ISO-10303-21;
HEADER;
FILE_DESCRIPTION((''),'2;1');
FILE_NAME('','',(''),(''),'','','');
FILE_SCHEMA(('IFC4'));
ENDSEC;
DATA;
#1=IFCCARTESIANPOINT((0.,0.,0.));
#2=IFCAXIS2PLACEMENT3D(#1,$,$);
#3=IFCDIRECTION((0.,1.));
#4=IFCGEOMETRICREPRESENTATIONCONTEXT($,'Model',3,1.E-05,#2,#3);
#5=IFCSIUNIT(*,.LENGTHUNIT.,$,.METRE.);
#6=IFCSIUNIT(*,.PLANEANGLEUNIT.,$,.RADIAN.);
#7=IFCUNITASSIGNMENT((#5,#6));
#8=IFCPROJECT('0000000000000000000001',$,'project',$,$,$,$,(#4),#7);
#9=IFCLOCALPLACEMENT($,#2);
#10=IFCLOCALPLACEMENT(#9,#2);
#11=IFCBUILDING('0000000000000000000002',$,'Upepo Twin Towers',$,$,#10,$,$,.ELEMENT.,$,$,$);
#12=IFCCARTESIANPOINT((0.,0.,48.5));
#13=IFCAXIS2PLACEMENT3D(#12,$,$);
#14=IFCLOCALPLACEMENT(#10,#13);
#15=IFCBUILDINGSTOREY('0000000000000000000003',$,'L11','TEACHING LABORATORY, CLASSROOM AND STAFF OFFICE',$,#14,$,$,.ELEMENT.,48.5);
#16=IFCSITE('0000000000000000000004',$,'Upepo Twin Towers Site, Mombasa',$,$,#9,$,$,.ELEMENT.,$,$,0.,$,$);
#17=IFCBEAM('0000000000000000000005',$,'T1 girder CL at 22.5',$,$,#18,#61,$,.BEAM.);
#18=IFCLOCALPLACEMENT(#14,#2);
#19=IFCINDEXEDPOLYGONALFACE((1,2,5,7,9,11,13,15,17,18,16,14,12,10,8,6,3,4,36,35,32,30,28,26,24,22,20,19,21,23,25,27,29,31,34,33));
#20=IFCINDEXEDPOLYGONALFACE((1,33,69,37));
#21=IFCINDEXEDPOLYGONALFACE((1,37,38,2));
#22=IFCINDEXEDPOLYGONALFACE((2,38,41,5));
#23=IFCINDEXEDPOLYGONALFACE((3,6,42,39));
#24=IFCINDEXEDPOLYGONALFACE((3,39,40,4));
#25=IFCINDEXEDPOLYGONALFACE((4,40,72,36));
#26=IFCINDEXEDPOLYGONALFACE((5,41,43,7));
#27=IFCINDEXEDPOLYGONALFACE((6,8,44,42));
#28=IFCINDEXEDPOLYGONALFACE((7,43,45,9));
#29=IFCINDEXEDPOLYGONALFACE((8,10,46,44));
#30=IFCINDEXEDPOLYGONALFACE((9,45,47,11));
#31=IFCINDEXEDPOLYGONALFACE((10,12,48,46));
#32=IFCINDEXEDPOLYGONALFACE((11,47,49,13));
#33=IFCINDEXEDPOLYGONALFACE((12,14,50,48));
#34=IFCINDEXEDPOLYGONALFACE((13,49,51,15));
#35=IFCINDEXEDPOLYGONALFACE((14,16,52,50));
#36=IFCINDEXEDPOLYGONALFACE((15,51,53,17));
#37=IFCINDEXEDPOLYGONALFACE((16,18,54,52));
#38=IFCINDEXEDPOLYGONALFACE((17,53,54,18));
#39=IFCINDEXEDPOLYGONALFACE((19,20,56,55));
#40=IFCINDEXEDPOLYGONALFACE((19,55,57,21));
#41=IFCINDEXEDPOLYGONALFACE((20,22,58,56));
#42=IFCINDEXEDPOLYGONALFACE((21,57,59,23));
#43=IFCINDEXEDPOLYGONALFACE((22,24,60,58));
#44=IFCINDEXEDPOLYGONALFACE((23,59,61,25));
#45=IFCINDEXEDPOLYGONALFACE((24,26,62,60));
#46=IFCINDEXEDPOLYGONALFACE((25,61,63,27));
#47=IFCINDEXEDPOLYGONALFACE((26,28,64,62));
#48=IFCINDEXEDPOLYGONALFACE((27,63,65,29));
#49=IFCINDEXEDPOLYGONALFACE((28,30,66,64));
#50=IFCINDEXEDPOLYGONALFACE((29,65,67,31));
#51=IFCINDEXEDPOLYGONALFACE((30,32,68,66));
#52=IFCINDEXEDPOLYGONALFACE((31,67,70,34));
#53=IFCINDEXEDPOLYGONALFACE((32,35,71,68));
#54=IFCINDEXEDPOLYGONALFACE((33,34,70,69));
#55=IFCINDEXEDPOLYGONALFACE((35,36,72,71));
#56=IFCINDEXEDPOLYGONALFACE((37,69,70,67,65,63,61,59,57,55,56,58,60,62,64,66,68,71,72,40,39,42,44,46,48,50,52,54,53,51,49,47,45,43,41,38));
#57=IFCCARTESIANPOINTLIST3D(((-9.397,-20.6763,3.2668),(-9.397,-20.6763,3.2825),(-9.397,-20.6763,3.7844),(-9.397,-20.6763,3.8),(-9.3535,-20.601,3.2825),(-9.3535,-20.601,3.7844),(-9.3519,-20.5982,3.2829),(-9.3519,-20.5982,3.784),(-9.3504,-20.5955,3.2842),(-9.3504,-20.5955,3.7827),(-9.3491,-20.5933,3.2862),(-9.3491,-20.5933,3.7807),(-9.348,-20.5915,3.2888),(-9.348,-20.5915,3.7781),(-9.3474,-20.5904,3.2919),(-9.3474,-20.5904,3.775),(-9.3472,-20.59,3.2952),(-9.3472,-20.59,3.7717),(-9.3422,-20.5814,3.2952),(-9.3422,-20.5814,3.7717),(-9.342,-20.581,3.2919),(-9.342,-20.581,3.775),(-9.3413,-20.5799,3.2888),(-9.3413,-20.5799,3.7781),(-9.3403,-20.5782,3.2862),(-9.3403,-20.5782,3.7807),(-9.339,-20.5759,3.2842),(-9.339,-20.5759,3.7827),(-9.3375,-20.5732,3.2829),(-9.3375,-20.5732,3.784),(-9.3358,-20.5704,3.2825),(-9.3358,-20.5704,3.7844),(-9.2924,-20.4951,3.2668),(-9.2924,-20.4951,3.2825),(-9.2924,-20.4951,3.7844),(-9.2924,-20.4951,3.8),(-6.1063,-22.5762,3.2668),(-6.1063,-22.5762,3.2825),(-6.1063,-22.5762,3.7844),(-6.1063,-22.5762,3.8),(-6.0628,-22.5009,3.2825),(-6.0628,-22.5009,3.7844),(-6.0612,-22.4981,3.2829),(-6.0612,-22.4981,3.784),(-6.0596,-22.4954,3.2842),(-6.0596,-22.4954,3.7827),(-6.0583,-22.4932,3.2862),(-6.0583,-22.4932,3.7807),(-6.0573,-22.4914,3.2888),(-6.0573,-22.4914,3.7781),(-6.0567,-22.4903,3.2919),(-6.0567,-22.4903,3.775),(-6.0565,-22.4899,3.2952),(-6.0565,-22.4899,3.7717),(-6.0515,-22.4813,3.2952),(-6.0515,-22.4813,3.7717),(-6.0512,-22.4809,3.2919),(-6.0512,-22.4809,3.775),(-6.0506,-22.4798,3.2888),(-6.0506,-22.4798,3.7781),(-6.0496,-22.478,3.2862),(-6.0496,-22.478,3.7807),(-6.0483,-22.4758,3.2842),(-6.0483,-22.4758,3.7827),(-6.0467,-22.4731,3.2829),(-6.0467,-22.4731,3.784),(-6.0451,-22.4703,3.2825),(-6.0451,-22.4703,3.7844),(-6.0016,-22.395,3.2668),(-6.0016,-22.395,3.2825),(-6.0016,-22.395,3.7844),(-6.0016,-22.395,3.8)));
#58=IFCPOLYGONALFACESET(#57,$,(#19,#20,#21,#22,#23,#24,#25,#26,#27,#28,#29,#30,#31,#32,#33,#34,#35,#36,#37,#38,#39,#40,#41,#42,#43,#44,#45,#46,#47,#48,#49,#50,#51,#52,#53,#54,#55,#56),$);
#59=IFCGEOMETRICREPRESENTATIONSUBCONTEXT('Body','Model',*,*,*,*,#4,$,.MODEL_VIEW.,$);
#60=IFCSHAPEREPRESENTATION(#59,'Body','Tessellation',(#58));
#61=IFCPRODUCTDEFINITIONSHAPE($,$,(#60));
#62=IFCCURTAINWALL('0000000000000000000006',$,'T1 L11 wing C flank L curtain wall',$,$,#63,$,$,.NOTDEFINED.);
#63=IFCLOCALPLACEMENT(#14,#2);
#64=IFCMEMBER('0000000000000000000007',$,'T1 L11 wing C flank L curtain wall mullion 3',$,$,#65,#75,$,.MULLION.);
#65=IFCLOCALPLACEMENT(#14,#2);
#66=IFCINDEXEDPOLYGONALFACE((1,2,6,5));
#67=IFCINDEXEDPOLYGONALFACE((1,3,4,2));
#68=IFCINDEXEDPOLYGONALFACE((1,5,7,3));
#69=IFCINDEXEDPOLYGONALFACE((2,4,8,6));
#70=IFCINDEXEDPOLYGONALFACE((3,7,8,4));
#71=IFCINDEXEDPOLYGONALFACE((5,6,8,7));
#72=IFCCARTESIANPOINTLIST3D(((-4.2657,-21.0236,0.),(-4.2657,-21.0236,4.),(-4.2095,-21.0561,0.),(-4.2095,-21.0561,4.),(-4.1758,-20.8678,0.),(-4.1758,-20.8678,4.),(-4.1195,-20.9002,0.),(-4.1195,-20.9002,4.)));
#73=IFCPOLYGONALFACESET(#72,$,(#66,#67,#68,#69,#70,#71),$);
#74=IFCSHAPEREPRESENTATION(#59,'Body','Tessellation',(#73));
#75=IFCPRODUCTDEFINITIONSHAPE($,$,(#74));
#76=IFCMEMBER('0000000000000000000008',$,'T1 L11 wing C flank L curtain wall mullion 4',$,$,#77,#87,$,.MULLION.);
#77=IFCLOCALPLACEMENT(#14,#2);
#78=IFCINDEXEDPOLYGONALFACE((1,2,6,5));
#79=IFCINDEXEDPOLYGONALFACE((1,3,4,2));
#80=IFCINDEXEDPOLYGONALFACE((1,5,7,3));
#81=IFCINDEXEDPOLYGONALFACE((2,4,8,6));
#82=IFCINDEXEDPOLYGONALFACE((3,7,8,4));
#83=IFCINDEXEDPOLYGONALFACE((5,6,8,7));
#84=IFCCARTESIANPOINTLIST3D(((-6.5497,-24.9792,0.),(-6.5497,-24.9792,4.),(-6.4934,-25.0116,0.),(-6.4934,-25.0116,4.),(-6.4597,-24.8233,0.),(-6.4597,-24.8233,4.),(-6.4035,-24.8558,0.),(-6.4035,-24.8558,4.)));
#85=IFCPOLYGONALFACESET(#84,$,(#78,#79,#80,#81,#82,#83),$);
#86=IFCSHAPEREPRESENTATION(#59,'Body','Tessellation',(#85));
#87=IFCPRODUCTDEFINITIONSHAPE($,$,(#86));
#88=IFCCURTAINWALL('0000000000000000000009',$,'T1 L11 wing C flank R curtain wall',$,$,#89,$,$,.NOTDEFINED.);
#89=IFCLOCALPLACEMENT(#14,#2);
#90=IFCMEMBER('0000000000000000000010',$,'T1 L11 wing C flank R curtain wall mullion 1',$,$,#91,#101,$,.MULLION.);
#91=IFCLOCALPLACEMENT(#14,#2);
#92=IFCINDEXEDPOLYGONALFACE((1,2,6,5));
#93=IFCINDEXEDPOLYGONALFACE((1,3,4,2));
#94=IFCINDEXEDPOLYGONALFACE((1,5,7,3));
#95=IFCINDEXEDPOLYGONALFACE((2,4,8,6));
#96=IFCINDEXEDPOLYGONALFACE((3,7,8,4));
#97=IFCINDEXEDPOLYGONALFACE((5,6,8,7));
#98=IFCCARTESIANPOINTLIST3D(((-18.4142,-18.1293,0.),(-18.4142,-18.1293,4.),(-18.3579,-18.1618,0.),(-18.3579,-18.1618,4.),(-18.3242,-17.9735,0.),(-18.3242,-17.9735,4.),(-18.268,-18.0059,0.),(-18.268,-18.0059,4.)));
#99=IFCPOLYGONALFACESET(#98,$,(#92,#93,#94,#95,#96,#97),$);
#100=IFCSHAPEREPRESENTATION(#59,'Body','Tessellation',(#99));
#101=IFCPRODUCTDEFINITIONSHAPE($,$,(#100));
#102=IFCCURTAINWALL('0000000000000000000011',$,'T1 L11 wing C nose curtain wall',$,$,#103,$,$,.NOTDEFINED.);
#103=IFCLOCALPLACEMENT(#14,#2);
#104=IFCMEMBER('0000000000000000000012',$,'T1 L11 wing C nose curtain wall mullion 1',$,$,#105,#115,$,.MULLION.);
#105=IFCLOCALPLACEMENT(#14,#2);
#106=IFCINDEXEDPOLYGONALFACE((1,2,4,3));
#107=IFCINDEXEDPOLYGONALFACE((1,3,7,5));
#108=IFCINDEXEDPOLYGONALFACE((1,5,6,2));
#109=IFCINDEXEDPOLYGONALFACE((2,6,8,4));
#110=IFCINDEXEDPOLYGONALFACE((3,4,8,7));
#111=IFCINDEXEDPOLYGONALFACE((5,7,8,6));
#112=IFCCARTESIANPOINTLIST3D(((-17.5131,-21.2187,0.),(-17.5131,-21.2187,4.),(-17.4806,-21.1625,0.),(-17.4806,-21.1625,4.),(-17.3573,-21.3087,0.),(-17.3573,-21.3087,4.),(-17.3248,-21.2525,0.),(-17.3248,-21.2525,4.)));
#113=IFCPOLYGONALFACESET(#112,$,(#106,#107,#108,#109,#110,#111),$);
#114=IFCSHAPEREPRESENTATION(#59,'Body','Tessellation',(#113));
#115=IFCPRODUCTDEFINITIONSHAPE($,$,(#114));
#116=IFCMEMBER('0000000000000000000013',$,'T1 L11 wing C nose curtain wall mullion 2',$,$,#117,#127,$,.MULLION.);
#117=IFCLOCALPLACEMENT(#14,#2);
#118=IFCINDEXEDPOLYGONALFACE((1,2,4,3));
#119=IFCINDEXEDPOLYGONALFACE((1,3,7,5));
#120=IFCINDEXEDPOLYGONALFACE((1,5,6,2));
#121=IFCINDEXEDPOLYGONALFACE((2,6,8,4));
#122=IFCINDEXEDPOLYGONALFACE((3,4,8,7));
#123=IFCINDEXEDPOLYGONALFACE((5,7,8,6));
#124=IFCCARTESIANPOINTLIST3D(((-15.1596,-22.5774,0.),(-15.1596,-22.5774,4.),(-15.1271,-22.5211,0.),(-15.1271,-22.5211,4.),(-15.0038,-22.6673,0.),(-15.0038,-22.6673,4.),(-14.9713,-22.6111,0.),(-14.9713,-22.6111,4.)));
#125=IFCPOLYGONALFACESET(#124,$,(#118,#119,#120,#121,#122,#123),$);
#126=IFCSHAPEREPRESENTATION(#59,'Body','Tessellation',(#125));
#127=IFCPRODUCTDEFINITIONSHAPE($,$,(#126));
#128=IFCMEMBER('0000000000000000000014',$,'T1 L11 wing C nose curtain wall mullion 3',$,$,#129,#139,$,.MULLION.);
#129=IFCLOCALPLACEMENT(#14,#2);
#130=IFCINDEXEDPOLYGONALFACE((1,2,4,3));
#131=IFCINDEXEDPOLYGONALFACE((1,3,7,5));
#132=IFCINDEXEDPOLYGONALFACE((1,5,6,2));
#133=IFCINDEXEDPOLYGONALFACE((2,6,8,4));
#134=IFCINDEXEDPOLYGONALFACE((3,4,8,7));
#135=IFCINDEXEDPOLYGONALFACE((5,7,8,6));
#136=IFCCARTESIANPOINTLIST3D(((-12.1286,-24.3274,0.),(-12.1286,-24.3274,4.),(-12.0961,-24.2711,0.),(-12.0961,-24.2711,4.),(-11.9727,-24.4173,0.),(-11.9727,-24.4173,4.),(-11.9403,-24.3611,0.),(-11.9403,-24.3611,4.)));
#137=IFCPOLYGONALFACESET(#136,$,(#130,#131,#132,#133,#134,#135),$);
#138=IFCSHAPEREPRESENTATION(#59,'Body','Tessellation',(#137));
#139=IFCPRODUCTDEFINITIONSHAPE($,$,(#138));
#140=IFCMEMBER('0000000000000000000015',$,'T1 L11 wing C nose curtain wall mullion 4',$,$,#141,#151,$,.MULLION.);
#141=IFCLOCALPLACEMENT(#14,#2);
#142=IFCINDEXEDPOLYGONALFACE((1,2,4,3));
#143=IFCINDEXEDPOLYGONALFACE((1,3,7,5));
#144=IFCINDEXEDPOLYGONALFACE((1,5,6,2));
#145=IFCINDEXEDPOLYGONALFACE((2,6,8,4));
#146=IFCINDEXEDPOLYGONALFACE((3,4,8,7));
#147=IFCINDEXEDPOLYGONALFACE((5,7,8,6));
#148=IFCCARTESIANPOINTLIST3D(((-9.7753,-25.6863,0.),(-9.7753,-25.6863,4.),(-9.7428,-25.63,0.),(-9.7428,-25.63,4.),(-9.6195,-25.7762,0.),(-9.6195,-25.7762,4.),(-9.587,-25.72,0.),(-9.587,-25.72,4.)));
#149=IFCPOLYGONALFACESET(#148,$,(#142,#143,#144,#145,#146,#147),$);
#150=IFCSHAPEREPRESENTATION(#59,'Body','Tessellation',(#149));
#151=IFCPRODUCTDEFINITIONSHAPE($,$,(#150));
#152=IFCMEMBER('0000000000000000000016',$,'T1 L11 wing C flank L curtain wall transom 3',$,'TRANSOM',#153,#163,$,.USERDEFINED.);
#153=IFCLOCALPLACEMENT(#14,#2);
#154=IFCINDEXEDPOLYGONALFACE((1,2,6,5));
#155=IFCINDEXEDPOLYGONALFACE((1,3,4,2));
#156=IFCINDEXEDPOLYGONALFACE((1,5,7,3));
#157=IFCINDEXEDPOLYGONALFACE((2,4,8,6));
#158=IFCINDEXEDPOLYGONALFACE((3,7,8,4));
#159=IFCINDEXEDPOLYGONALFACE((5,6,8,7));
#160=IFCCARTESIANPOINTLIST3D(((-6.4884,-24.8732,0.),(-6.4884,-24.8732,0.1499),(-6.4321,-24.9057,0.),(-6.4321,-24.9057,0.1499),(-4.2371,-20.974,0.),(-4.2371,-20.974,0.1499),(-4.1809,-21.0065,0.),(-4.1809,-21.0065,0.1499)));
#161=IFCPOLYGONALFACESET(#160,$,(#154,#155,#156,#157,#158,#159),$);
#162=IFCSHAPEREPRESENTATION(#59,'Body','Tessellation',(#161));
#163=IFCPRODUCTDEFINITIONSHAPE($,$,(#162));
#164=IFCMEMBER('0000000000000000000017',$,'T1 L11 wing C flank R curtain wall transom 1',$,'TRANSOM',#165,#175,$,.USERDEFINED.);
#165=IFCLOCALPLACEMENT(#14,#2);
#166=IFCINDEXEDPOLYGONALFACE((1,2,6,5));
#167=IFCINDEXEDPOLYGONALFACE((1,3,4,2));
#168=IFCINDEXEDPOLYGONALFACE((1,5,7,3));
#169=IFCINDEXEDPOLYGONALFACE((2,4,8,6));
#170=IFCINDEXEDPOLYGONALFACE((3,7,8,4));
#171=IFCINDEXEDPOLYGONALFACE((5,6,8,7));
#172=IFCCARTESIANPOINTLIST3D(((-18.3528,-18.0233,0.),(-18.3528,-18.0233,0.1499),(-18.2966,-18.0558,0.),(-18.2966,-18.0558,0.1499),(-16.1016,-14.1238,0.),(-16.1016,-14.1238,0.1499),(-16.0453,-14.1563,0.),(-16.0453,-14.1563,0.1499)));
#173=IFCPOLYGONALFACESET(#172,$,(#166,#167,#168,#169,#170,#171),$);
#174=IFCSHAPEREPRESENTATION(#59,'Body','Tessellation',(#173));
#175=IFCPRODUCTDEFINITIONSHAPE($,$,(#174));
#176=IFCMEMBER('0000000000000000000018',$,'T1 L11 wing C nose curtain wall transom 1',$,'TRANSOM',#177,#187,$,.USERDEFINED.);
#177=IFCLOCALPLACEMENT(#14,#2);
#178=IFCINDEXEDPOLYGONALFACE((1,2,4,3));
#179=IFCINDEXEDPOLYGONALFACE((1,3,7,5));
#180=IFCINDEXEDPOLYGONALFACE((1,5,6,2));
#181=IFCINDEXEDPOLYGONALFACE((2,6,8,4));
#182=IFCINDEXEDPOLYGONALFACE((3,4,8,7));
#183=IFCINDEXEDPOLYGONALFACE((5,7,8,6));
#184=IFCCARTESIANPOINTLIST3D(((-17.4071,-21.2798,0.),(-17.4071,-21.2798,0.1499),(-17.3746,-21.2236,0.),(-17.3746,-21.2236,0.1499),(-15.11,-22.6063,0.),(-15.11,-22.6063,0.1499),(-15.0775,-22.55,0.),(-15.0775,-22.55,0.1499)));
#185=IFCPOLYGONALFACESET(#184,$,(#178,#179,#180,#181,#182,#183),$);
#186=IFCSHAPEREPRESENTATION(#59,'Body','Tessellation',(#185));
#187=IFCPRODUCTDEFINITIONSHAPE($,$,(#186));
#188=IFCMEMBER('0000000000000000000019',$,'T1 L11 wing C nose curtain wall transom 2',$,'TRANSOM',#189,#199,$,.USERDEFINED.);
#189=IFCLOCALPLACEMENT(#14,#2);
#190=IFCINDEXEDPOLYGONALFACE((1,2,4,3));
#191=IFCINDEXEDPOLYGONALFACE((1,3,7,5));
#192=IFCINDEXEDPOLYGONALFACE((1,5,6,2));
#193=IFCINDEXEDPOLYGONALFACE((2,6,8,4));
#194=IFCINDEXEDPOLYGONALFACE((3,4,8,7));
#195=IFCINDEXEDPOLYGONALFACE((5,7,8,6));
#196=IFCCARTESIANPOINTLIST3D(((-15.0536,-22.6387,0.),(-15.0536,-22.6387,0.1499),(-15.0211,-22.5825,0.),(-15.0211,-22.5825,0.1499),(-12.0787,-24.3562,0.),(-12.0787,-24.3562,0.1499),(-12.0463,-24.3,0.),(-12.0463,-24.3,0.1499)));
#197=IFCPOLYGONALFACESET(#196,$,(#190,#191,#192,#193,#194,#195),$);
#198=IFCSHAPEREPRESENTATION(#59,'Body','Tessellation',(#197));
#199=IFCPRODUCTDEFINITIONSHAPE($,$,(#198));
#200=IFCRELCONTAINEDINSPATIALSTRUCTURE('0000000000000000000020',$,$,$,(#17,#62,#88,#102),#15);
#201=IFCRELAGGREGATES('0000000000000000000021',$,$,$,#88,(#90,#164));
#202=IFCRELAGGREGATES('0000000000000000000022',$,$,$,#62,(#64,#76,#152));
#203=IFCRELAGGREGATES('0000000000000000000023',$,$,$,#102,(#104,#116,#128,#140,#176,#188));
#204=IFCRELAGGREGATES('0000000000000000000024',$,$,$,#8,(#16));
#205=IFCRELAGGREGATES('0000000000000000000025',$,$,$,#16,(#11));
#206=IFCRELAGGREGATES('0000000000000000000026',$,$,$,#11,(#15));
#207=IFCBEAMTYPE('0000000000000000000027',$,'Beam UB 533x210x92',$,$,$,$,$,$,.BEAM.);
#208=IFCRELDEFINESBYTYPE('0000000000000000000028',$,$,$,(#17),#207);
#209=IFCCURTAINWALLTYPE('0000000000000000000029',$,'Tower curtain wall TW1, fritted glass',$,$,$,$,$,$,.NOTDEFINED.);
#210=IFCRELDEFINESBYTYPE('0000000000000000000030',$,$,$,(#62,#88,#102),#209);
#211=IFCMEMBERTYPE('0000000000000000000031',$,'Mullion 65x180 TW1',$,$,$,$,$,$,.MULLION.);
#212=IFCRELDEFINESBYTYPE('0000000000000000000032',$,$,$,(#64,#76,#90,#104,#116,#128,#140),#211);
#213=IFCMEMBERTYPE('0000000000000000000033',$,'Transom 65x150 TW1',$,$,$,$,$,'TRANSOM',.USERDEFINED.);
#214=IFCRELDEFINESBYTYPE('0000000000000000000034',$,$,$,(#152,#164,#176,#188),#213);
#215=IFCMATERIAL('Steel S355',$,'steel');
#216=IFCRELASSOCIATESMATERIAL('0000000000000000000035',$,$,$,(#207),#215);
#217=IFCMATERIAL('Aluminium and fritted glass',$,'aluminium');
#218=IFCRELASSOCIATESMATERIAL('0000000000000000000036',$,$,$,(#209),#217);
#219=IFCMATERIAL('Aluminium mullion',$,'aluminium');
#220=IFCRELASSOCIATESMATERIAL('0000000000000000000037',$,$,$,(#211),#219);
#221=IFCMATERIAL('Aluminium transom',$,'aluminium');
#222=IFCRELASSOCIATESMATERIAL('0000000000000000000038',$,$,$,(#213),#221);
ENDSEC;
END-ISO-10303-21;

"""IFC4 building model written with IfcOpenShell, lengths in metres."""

from ifc_helpers import new_model, si_unit, direction, frame, origin, origin_2d, place, context, subcontext, project, spatial, rectangle, i_section, extrude, material, material_profile, profile_set, type_object, element, aggregate, save


model = new_model("IFC4")

# Units and contexts
model_context = context("Model", 3, precision=1e-05, world=origin(), true_north=direction((0.0, 1.0)))
body_context = subcontext(model_context, "Body", "Model", "MODEL_VIEW")
ifc_project = project(units=[si_unit("LENGTHUNIT", "METRE"), si_unit("PLANEANGLEUNIT", "RADIAN")], contexts=[model_context])

# Site, building, storey
site_placement = place(None, origin())
site = spatial("IfcSite", under=ifc_project, at=site_placement, Name="Upepo Twin Towers Site, Mombasa", CompositionType="ELEMENT", RefElevation=0.0)
building_placement = place(site_placement, origin())
building = spatial("IfcBuilding", under=site, at=building_placement, Name="Upepo Twin Towers", CompositionType="ELEMENT")
storey_placement = place(building_placement, frame((0.0, 0.0, 48.5)))
storey = spatial("IfcBuildingStorey", under=building, at=storey_placement, Name="L11", Description="TEACHING LABORATORY, CLASSROOM AND STAFF OFFICE", CompositionType="ELEMENT", Elevation=48.5)

# Beam
ifc_material_1 = material(Name="Steel S355", Category="steel")
ifc_material_profile_1 = material_profile(ifc_material_1, i_section(OverallWidth=0.2092, OverallDepth=0.5332, WebThickness=0.01, FlangeThickness=0.0156, FilletRadius=0.0127, at=origin_2d()), Name="UB 533x210x92")
ifc_profile_set_1 = profile_set([ifc_material_profile_1], Name="Steel S355")
beam_type_1 = type_object("IfcBeamType", Name="Beam UB 533x210x92", PredefinedType="BEAM", material=ifc_profile_set_1)
beam_1_placement = place(storey_placement, frame((-6.054, -22.4856, 3.5334), z_axis=(-0.866028, 0.499995, 0.0), x_axis=(-0.499995, -0.866028, 0.0)))
element("IfcBeam", 1, at=beam_1_placement, inside=storey, type_object=beam_type_1, Name="T1 girder CL at 22.5", PredefinedType="BEAM", context=body_context, shape_type="SweptSolid", body=[
    extrude(i_section(OverallWidth=0.2092, OverallDepth=0.5332, WebThickness=0.01, FlangeThickness=0.0156, FilletRadius=0.0127, at=origin_2d()), origin(), (0.0, 0.0, 1.0), 3.7998),
])

# Curtain wall, members
ifc_material_2 = material(Name="Aluminium and fritted glass", Category="aluminium")
curtain_wall_type = type_object("IfcCurtainWallType", Name="Tower curtain wall TW1, fritted glass", PredefinedType="NOTDEFINED", material=ifc_material_2)
curtain_wall_1_placement = place(storey_placement, origin())
curtain_wall_1 = element("IfcCurtainWall", 2, at=curtain_wall_1_placement, inside=storey, type_object=curtain_wall_type, Name="T1 L11 wing C flank L curtain wall", PredefinedType="NOTDEFINED")
ifc_material_3 = material(Name="Aluminium mullion", Category="aluminium")
ifc_material_profile_2 = material_profile(ifc_material_3, rectangle(XDim=0.0649, YDim=0.1799, at=origin_2d()), Name="MULLION 65x180")
ifc_profile_set_2 = profile_set([ifc_material_profile_2], Name="Aluminium mullion")
member_type_1 = type_object("IfcMemberType", Name="Mullion 65x180 TW1", PredefinedType="MULLION", material=ifc_profile_set_2)
member_1_placement = place(storey_placement, frame((-4.1926, -20.9619, 0.0), z_axis=(0.0, 0.0, 1.0), x_axis=(0.866025, -0.5, 0.0)))
member_1 = element("IfcMember", 3, at=member_1_placement, type_object=member_type_1, Name="T1 L11 wing C flank L curtain wall mullion 3", PredefinedType="MULLION", context=body_context, shape_type="SweptSolid", body=[
    extrude(rectangle(XDim=0.0649, YDim=0.1799, at=origin_2d()), origin(), (0.0, 0.0, 1.0), 4.0),
])
member_2_placement = place(storey_placement, frame((-6.4766, -24.9175, 0.0), z_axis=(0.0, 0.0, 1.0), x_axis=(0.866025, -0.5, 0.0)))
member_2 = element("IfcMember", 4, at=member_2_placement, type_object=member_type_1, Name="T1 L11 wing C flank L curtain wall mullion 4", PredefinedType="MULLION", context=body_context, shape_type="SweptSolid", body=[
    extrude(rectangle(XDim=0.0649, YDim=0.1799, at=origin_2d()), origin(), (0.0, 0.0, 1.0), 4.0),
])

# Curtain wall, member
curtain_wall_2_placement = place(storey_placement, origin())
curtain_wall_2 = element("IfcCurtainWall", 5, at=curtain_wall_2_placement, inside=storey, type_object=curtain_wall_type, Name="T1 L11 wing C flank R curtain wall", PredefinedType="NOTDEFINED")
member_3_placement = place(storey_placement, frame((-18.3411, -18.0676, 0.0), z_axis=(0.0, 0.0, 1.0), x_axis=(-0.866025, 0.5, 0.0)))
member_3 = element("IfcMember", 6, at=member_3_placement, type_object=member_type_1, Name="T1 L11 wing C flank R curtain wall mullion 1", PredefinedType="MULLION", context=body_context, shape_type="SweptSolid", body=[
    extrude(rectangle(XDim=0.0649, YDim=0.1799, at=origin_2d()), origin(), (0.0, 0.0, 1.0), 4.0),
])

# Curtain wall, members
curtain_wall_3_placement = place(storey_placement, origin())
curtain_wall_3 = element("IfcCurtainWall", 7, at=curtain_wall_3_placement, inside=storey, type_object=curtain_wall_type, Name="T1 L11 wing C nose curtain wall", PredefinedType="NOTDEFINED")
member_4_placement = place(storey_placement, frame((-17.4189, -21.2356, 0.0), z_axis=(0.0, 0.0, 1.0), x_axis=(0.5, 0.866025, 0.0)))
member_4 = element("IfcMember", 8, at=member_4_placement, type_object=member_type_1, Name="T1 L11 wing C nose curtain wall mullion 1", PredefinedType="MULLION", context=body_context, shape_type="SweptSolid", body=[
    extrude(rectangle(XDim=0.0649, YDim=0.1799, at=origin_2d()), origin(), (0.0, 0.0, 1.0), 4.0),
])
member_5_placement = place(storey_placement, frame((-15.0654, -22.5942, 0.0), z_axis=(0.0, 0.0, 1.0), x_axis=(0.5, 0.866025, 0.0)))
member_5 = element("IfcMember", 9, at=member_5_placement, type_object=member_type_1, Name="T1 L11 wing C nose curtain wall mullion 2", PredefinedType="MULLION", context=body_context, shape_type="SweptSolid", body=[
    extrude(rectangle(XDim=0.0649, YDim=0.1799, at=origin_2d()), origin(), (0.0, 0.0, 1.0), 4.0),
])
member_6_placement = place(storey_placement, frame((-12.0344, -24.3442, 0.0), z_axis=(0.0, 0.0, 1.0), x_axis=(0.5, 0.866025, 0.0)))
member_6 = element("IfcMember", 10, at=member_6_placement, type_object=member_type_1, Name="T1 L11 wing C nose curtain wall mullion 3", PredefinedType="MULLION", context=body_context, shape_type="SweptSolid", body=[
    extrude(rectangle(XDim=0.0649, YDim=0.1799, at=origin_2d()), origin(), (0.0, 0.0, 1.0), 4.0),
])
member_7_placement = place(storey_placement, frame((-9.6812, -25.7031, 0.0), z_axis=(0.0, 0.0, 1.0), x_axis=(0.5, 0.866025, 0.0)))
member_7 = element("IfcMember", 11, at=member_7_placement, type_object=member_type_1, Name="T1 L11 wing C nose curtain wall mullion 4", PredefinedType="MULLION", context=body_context, shape_type="SweptSolid", body=[
    extrude(rectangle(XDim=0.0649, YDim=0.1799, at=origin_2d()), origin(), (0.0, 0.0, 1.0), 4.0),
])

# Members
ifc_material_4 = material(Name="Aluminium transom", Category="aluminium")
ifc_material_profile_3 = material_profile(ifc_material_4, rectangle(XDim=0.0649, YDim=0.1499, at=origin_2d()), Name="TRANSOM 65x150")
ifc_profile_set_3 = profile_set([ifc_material_profile_3], Name="Aluminium transom")
member_type_2 = type_object("IfcMemberType", Name="Transom 65x150 TW1", ElementType="TRANSOM", PredefinedType="USERDEFINED", material=ifc_profile_set_3)
member_8_placement = place(storey_placement, frame((-4.209, -20.9902, 0.075), z_axis=(-0.500006, -0.866022, 0.0), x_axis=(0.866022, -0.500006, 0.0)))
member_8 = element("IfcMember", 12, at=member_8_placement, type_object=member_type_2, Name="T1 L11 wing C flank L curtain wall transom 3", ObjectType="TRANSOM", PredefinedType="USERDEFINED", context=body_context, shape_type="SweptSolid", body=[
    extrude(rectangle(XDim=0.0649, YDim=0.1499, at=origin_2d()), origin(), (0.0, 0.0, 1.0), 4.5024),
])
member_9_placement = place(storey_placement, frame((-18.3247, -18.0396, 0.075), z_axis=(0.499982, 0.866036, 0.0), x_axis=(-0.866036, 0.499982, 0.0)))
member_9 = element("IfcMember", 13, at=member_9_placement, type_object=member_type_2, Name="T1 L11 wing C flank R curtain wall transom 1", ObjectType="TRANSOM", PredefinedType="USERDEFINED", context=body_context, shape_type="SweptSolid", body=[
    extrude(rectangle(XDim=0.0649, YDim=0.1499, at=origin_2d()), origin(), (0.0, 0.0, 1.0), 4.5027),
])
aggregate(curtain_wall_2, [member_3, member_9])
member_10_placement = place(storey_placement, frame((-17.3909, -21.2517, 0.075), z_axis=(0.865997, -0.500049, 0.0), x_axis=(0.500049, 0.865997, 0.0)))
member_10 = element("IfcMember", 14, at=member_10_placement, type_object=member_type_2, Name="T1 L11 wing C nose curtain wall transom 1", ObjectType="TRANSOM", PredefinedType="USERDEFINED", context=body_context, shape_type="SweptSolid", body=[
    extrude(rectangle(XDim=0.0649, YDim=0.1499, at=origin_2d()), origin(), (0.0, 0.0, 1.0), 2.6526),
])
member_11_placement = place(storey_placement, frame((-15.0374, -22.6106, 0.075), z_axis=(0.866026, -0.499999, 0.0), x_axis=(0.499999, 0.866026, 0.0)))
member_11 = element("IfcMember", 15, at=member_11_placement, type_object=member_type_2, Name="T1 L11 wing C nose curtain wall transom 2", ObjectType="TRANSOM", PredefinedType="USERDEFINED", context=body_context, shape_type="SweptSolid", body=[
    extrude(rectangle(XDim=0.0649, YDim=0.1499, at=origin_2d()), origin(), (0.0, 0.0, 1.0), 3.4351),
])

aggregate(curtain_wall_1, [member_1, member_2, member_8])
aggregate(curtain_wall_3, [member_4, member_5, member_6, member_7, member_10, member_11])

save(model, "model.ifc")
